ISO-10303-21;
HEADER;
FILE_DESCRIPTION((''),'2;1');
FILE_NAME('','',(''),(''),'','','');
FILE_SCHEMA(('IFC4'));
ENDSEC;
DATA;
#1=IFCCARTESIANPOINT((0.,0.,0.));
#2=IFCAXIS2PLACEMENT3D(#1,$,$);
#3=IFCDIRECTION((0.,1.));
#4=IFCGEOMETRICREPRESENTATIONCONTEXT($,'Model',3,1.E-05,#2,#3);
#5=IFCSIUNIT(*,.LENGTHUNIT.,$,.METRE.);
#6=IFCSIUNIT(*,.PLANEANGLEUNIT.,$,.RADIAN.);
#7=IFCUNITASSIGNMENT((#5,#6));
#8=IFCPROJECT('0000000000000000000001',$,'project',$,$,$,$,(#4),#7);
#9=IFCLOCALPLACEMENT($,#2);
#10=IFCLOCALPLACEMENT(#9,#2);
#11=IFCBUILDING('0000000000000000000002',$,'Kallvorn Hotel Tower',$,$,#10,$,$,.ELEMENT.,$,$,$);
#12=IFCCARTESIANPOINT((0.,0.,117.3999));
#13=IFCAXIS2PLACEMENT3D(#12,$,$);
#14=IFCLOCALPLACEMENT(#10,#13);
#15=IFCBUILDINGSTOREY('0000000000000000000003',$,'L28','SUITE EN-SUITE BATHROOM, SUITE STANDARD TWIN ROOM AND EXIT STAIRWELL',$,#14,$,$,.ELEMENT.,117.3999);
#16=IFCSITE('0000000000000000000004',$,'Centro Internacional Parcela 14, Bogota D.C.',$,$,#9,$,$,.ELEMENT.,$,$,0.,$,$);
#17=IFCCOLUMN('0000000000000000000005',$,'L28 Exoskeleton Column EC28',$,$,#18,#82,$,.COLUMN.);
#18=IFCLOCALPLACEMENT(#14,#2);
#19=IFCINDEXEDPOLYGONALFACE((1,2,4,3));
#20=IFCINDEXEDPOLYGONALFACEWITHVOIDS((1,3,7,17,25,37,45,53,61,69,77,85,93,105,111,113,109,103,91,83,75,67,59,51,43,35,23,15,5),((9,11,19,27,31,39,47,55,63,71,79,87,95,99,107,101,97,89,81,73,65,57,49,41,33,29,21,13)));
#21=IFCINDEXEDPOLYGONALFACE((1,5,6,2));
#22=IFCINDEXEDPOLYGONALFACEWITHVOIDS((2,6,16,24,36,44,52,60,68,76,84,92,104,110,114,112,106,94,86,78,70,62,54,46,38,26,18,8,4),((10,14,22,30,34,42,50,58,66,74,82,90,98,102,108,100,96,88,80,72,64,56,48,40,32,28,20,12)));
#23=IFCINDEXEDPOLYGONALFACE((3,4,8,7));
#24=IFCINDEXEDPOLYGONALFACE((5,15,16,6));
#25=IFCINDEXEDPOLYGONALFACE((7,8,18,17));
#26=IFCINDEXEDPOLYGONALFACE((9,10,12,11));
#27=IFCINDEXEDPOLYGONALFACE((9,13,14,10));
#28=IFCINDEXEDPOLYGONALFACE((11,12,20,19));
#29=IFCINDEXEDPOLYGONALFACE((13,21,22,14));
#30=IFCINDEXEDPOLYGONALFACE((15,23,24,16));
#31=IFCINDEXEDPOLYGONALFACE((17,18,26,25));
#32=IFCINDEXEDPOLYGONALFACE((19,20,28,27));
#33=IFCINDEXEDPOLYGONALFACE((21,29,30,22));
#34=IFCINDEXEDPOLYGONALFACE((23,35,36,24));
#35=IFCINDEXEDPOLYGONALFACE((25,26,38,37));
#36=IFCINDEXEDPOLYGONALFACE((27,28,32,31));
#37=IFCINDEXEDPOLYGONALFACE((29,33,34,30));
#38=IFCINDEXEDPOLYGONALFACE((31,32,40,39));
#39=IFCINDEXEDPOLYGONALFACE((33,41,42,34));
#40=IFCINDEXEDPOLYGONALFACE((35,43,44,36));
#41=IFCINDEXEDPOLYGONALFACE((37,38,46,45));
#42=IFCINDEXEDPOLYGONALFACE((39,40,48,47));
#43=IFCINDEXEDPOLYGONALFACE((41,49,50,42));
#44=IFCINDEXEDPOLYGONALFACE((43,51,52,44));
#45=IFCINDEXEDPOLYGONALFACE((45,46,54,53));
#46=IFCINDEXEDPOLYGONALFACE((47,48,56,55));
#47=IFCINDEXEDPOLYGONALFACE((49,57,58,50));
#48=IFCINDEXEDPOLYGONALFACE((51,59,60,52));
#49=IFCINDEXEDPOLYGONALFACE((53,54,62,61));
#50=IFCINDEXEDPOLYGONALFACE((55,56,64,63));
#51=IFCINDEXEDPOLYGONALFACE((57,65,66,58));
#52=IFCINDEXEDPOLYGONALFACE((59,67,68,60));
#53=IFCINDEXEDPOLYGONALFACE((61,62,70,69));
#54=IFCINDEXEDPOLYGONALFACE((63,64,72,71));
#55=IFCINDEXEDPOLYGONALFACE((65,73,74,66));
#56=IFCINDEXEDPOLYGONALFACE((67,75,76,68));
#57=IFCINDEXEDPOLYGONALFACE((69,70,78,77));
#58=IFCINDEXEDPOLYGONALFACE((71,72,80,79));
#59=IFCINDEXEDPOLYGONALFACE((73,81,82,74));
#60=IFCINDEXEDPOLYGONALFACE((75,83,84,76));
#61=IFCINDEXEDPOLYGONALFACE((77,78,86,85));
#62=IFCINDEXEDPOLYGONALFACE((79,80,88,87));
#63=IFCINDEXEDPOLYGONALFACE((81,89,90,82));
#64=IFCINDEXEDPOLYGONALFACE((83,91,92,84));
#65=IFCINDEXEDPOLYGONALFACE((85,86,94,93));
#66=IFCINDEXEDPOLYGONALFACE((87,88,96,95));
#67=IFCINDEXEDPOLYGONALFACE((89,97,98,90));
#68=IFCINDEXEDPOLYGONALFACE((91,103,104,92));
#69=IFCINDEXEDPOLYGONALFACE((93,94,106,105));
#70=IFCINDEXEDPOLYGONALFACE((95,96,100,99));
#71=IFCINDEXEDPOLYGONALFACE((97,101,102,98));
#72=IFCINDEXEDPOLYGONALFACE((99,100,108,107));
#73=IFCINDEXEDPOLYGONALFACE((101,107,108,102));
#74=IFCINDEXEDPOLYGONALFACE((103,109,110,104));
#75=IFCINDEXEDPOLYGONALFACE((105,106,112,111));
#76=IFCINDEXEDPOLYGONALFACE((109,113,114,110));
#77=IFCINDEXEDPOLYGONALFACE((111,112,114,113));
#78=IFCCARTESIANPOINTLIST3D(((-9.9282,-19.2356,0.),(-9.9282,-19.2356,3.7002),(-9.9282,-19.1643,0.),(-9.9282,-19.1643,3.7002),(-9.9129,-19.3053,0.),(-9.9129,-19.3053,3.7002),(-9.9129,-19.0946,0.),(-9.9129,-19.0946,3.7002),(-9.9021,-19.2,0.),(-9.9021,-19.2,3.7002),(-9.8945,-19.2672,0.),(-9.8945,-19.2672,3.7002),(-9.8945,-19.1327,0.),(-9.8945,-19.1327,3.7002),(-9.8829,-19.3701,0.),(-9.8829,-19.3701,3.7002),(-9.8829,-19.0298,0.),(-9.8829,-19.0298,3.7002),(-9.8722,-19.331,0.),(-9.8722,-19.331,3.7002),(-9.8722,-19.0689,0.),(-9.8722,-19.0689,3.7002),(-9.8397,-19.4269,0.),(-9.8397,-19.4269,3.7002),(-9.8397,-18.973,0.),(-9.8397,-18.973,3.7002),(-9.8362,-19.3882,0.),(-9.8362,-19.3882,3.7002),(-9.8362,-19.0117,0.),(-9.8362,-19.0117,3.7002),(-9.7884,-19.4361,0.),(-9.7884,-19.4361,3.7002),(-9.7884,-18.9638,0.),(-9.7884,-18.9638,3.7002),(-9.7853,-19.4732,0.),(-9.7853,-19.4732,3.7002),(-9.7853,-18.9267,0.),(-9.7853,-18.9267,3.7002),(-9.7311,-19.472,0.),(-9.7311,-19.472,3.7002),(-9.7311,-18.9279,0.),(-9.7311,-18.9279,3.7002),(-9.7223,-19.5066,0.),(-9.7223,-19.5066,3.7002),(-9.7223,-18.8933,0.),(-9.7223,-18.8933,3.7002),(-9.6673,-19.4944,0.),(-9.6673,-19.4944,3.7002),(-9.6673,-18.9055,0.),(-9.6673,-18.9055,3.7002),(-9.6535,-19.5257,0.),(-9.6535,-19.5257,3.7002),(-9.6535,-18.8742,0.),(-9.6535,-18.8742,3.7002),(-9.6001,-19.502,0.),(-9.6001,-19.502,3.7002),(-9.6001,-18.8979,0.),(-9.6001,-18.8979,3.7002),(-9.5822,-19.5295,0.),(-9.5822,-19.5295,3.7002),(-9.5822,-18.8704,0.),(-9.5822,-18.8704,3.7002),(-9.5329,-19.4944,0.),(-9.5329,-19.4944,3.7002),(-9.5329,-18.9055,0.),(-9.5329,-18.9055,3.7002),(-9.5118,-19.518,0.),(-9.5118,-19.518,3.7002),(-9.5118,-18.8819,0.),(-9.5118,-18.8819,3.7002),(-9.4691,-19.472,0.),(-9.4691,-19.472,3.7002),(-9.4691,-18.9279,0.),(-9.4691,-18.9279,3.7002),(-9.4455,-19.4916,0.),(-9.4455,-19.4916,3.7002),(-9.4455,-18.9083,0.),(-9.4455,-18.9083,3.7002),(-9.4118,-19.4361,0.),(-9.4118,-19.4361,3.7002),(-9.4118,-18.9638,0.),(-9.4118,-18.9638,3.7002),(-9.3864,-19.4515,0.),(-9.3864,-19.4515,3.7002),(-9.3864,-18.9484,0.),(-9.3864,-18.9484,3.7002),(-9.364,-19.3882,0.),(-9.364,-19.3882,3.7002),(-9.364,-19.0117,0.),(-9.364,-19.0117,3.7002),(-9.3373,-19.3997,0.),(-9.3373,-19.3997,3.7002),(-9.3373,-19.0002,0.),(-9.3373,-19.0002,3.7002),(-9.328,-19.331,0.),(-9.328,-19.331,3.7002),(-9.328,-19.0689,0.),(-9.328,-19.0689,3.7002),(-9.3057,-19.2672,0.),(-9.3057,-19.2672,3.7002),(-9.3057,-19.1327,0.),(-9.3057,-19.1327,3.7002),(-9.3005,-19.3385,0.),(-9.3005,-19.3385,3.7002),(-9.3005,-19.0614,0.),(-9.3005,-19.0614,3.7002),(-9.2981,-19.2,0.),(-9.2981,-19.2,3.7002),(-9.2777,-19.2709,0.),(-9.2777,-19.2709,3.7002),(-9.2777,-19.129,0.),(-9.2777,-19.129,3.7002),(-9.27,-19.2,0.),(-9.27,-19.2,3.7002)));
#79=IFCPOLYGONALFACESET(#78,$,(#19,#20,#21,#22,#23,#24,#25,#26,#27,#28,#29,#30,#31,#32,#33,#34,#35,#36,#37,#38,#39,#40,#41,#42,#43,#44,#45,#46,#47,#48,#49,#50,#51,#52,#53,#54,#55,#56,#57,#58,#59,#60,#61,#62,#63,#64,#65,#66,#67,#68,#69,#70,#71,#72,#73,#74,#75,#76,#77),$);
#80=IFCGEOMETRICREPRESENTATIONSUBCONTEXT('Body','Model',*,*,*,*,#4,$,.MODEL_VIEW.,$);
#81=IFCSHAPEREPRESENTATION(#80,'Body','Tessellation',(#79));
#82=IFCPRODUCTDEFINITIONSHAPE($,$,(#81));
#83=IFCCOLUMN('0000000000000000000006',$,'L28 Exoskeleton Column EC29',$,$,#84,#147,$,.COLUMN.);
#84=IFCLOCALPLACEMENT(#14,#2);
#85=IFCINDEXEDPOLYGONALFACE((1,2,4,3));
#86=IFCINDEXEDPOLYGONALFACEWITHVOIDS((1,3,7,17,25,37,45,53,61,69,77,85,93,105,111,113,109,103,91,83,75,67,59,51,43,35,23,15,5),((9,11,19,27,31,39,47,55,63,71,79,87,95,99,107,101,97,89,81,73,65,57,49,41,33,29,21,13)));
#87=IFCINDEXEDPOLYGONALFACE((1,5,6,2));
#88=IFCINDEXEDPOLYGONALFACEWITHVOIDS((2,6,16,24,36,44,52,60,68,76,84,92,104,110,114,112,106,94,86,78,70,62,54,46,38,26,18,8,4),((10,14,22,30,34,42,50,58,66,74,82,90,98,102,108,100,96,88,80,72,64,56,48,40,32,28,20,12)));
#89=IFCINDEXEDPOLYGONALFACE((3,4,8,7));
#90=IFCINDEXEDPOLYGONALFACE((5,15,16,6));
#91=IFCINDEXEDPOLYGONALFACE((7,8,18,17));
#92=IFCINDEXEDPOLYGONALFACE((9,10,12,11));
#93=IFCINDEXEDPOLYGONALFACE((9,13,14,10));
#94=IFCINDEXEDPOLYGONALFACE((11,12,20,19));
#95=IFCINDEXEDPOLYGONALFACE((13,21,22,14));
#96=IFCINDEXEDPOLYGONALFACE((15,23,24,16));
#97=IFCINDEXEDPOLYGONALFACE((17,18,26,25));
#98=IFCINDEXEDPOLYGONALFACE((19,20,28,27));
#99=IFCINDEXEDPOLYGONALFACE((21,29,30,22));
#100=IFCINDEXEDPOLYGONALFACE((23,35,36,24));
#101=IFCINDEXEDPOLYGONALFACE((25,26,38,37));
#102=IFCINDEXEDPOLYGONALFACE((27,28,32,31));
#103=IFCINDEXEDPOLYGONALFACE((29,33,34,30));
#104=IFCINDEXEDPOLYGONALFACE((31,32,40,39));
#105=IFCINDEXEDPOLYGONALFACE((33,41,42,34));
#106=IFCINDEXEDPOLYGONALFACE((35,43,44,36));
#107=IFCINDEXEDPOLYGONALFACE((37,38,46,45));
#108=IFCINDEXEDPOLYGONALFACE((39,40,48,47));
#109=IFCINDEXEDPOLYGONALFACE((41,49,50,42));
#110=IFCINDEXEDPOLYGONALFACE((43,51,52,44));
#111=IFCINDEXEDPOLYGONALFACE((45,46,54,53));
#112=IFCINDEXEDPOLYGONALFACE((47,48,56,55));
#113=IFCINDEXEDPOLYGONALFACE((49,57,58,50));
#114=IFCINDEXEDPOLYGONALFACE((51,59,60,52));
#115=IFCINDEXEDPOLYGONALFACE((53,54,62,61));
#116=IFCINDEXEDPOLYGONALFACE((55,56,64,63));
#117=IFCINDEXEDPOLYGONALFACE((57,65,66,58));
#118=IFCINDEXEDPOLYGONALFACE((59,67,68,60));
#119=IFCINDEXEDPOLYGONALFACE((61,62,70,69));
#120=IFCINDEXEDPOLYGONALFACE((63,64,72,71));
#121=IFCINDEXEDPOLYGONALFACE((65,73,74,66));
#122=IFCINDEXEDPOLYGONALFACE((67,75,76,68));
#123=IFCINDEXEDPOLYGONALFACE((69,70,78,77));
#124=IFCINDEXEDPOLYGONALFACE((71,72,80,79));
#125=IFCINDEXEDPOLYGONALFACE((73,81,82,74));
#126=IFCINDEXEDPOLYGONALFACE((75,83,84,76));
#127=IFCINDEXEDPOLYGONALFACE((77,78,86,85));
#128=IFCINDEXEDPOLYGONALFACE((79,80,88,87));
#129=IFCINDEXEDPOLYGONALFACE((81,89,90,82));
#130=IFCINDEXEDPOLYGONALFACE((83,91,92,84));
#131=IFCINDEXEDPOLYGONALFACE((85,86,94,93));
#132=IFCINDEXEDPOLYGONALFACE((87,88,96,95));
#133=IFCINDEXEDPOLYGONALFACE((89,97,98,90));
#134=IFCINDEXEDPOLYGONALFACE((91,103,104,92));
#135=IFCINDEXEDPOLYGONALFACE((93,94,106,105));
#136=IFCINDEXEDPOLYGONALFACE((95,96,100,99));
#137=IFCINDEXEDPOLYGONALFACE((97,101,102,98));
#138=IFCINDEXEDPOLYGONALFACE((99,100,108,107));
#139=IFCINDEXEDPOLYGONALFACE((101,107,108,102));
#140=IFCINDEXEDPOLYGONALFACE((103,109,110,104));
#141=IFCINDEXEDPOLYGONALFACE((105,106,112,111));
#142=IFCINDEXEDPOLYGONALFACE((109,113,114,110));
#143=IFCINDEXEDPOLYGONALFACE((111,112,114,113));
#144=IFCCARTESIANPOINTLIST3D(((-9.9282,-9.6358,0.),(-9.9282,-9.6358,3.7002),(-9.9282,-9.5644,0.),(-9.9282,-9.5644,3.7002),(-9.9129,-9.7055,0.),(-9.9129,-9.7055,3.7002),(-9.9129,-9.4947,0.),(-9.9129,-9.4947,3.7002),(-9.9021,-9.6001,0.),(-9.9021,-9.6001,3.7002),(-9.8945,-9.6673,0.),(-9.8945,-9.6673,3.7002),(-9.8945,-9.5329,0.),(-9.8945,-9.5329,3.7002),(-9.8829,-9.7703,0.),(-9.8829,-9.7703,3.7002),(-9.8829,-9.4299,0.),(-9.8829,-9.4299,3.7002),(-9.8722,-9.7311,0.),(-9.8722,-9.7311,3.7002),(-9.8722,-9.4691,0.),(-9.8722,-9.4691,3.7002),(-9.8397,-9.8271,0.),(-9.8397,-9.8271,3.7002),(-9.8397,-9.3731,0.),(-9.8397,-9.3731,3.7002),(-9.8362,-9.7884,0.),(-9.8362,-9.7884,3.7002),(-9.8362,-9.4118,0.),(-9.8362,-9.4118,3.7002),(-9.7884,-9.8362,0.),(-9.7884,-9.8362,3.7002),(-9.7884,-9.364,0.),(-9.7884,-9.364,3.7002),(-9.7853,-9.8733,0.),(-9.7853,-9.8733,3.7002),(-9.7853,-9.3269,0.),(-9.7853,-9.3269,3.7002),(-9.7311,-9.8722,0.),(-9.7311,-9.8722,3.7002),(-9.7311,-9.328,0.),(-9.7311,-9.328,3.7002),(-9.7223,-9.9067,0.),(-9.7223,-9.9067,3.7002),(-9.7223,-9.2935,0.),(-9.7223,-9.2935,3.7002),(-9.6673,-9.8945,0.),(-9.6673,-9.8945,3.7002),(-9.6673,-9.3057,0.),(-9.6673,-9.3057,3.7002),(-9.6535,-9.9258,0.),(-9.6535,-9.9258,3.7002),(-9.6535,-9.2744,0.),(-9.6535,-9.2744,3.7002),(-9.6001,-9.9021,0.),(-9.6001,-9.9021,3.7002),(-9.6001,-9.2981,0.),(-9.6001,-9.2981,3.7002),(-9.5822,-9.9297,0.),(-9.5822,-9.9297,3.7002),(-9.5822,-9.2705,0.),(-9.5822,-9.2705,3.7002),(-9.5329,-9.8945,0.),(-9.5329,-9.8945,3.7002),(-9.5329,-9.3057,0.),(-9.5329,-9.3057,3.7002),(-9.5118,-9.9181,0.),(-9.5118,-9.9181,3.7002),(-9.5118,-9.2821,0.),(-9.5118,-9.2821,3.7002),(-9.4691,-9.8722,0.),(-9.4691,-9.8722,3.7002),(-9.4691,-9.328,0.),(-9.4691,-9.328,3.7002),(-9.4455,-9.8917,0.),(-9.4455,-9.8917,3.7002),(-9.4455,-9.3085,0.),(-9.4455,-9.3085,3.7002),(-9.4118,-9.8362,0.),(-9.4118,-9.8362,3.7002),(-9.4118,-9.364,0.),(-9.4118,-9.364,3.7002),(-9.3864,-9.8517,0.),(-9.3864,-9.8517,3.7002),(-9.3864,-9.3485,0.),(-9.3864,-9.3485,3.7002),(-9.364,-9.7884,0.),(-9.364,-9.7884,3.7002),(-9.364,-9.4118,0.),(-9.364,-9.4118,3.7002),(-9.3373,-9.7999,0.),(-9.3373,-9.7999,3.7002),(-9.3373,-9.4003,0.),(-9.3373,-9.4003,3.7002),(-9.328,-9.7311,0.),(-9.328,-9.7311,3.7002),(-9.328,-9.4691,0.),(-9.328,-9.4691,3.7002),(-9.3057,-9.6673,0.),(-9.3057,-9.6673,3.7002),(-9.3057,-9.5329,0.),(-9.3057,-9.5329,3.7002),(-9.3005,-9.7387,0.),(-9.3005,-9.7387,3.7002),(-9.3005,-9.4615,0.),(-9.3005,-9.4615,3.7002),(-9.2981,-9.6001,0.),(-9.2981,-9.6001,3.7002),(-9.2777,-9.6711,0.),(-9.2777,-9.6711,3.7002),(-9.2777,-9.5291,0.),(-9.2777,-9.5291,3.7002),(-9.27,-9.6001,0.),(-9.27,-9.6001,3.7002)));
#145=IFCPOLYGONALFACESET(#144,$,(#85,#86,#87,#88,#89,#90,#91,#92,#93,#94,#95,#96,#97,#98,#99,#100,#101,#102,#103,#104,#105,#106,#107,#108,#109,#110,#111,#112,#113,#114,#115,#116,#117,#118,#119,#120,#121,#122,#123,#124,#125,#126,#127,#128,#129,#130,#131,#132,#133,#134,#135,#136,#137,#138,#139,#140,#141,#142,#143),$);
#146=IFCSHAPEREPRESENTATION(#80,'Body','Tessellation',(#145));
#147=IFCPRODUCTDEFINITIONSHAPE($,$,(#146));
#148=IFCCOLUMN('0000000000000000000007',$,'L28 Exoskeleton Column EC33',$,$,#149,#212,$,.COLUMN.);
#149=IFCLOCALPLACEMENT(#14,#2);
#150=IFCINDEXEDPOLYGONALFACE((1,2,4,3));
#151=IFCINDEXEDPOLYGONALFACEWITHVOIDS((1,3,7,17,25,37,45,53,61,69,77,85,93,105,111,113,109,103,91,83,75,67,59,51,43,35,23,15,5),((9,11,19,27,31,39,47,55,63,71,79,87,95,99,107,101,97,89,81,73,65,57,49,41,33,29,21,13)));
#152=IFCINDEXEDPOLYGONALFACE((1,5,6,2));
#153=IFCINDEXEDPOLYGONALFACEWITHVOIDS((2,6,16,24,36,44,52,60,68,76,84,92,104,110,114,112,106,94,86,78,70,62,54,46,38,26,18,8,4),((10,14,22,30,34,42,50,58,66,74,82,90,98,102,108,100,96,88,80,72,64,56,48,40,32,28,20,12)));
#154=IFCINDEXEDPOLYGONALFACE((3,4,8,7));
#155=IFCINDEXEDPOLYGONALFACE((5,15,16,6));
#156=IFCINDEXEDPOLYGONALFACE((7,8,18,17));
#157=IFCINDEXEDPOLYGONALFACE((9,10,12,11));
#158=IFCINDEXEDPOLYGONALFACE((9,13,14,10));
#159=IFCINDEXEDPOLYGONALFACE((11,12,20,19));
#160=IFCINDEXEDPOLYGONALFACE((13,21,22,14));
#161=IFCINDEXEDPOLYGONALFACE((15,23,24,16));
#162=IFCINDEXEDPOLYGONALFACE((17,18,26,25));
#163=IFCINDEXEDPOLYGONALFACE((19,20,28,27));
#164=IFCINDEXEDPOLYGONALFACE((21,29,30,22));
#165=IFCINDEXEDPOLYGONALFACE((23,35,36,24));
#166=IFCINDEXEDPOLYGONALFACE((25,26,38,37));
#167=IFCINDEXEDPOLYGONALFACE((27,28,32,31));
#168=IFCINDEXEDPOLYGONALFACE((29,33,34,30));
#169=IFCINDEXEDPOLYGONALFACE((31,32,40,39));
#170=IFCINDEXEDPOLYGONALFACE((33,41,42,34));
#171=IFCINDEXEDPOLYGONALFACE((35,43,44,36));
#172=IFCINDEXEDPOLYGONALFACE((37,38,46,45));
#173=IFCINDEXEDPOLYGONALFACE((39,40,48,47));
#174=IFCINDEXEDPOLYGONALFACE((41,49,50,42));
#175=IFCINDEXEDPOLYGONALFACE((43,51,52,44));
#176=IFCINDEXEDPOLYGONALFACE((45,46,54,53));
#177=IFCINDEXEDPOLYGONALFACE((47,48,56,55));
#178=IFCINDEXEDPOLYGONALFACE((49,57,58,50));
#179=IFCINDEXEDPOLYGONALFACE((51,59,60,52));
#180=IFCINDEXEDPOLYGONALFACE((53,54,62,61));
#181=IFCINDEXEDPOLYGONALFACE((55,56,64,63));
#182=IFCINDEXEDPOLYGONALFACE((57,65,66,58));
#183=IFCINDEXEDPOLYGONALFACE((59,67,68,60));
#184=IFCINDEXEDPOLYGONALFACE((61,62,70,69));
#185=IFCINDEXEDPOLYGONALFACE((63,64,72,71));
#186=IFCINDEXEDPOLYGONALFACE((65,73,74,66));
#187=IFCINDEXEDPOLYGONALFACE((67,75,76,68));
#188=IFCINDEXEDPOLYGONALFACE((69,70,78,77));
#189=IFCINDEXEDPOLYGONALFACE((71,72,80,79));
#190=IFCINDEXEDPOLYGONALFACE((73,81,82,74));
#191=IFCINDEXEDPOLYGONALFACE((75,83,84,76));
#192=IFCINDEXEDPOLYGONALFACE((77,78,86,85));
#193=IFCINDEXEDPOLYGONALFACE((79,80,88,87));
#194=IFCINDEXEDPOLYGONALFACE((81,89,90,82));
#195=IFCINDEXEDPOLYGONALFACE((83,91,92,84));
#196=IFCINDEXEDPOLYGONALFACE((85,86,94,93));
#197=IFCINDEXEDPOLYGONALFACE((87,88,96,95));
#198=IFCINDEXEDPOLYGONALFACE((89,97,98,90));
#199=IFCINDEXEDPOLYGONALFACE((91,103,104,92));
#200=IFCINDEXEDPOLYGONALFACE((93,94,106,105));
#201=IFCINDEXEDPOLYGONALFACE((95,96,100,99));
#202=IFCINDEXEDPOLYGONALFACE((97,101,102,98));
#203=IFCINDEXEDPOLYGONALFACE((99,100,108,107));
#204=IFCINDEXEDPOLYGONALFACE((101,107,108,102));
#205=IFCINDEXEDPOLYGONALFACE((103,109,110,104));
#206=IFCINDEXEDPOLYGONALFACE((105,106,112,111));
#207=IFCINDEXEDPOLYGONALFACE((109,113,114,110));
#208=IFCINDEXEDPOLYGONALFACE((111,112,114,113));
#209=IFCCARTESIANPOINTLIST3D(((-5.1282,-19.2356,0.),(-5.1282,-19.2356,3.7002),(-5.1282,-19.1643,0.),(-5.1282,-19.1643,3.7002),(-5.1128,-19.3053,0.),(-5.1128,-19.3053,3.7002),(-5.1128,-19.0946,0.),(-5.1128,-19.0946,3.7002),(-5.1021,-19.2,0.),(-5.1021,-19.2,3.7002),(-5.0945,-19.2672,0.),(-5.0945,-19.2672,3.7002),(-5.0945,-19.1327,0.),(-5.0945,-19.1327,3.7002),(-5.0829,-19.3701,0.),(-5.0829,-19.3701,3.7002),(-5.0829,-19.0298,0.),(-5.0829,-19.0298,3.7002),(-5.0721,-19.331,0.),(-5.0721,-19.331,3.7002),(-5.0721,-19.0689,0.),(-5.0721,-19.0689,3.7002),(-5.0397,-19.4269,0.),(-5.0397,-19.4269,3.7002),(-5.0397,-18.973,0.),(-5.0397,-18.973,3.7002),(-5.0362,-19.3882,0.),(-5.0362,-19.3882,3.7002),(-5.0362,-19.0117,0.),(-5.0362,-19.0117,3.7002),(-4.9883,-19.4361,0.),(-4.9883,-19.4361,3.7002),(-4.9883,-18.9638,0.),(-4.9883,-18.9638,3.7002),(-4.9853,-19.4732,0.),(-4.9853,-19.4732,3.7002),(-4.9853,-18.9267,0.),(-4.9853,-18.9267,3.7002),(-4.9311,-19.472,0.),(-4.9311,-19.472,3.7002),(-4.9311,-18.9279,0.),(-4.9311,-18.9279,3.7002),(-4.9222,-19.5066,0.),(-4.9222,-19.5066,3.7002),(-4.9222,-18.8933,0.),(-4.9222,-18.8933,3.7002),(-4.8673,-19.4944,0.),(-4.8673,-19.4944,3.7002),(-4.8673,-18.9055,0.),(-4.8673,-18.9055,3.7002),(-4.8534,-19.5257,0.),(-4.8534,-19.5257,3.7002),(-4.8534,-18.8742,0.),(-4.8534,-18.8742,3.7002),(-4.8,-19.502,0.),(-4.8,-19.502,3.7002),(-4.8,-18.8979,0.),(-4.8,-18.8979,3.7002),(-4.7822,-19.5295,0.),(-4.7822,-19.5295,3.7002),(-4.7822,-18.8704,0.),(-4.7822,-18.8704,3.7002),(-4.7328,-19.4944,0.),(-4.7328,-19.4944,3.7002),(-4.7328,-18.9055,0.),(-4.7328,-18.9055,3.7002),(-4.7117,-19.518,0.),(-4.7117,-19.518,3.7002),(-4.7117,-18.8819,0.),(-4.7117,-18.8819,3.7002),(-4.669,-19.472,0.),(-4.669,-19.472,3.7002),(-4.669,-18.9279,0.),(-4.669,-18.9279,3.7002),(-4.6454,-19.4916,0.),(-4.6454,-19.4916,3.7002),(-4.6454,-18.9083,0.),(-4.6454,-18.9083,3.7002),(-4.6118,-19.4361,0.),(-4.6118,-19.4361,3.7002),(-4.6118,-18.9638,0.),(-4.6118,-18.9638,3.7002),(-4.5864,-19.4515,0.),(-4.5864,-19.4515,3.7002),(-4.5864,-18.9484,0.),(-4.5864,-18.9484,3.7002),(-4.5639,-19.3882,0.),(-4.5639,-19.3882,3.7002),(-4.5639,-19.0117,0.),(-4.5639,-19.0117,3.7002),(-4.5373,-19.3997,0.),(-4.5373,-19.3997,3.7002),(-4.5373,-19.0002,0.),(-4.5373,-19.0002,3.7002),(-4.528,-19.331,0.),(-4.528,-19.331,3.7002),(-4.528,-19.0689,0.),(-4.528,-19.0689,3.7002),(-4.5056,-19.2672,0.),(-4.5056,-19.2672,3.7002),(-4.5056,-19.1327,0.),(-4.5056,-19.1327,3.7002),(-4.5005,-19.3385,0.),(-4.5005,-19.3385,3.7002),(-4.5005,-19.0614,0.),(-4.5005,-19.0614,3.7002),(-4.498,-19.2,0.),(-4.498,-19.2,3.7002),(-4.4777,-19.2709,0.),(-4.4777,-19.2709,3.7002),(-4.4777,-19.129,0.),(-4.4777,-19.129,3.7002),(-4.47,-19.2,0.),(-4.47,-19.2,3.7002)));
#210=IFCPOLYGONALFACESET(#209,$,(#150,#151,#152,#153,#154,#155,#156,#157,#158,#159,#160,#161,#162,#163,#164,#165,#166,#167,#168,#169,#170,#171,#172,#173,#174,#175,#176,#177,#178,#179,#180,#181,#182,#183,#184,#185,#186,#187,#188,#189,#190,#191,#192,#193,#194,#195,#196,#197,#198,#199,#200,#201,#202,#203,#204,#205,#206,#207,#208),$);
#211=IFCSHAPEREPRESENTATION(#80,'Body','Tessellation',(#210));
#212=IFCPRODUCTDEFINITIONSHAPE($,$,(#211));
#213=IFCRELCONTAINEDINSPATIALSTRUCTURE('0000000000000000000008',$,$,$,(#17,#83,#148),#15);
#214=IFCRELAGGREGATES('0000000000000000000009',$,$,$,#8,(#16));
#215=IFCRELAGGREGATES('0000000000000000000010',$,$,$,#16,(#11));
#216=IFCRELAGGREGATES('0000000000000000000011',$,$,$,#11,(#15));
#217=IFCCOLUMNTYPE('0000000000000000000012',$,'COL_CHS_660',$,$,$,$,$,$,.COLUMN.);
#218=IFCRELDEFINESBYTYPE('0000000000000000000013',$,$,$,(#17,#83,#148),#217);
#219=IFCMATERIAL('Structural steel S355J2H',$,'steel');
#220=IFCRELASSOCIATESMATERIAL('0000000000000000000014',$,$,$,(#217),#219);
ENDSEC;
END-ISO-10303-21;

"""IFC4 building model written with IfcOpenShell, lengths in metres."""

from ifc_helpers import new_model, si_unit, direction, frame, origin, origin_2d, place, context, subcontext, project, spatial, hollow_circle, extrude, material, material_profile, profile_set, type_object, element, save


model = new_model("IFC4")

# Units and contexts
model_context = context("Model", 3, precision=1e-05, world=origin(), true_north=direction((0.0, 1.0)))
body_context = subcontext(model_context, "Body", "Model", "MODEL_VIEW")
ifc_project = project(units=[si_unit("LENGTHUNIT", "METRE"), si_unit("PLANEANGLEUNIT", "RADIAN")], contexts=[model_context])

# Site, building, storey
site_placement = place(None, origin())
site = spatial("IfcSite", under=ifc_project, at=site_placement, Name="Centro Internacional Parcela 14, Bogota D.C.", CompositionType="ELEMENT", RefElevation=0.0)
building_placement = place(site_placement, origin())
building = spatial("IfcBuilding", under=site, at=building_placement, Name="Kallvorn Hotel Tower", CompositionType="ELEMENT")
storey_placement = place(building_placement, frame((0.0, 0.0, 117.3999)))
storey = spatial("IfcBuildingStorey", under=building, at=storey_placement, Name="L28", Description="SUITE EN-SUITE BATHROOM, SUITE STANDARD TWIN ROOM AND EXIT STAIRWELL", CompositionType="ELEMENT", Elevation=117.3999)

# Columns
ifc_material_1 = material(Name="Structural steel S355J2H", Category="steel")
ifc_material_profile_1 = material_profile(ifc_material_1, hollow_circle(Radius=0.3301, WallThickness=0.0281, at=origin_2d()), Name="CHS 660x28")
ifc_profile_set_1 = profile_set([ifc_material_profile_1], Name="Structural steel S355J2H")
column_type_1 = type_object("IfcColumnType", Name="COL_CHS_660", PredefinedType="COLUMN", material=ifc_profile_set_1)
for number, where, z_axis, x_axis, name in (
    (1, (-9.6001, -19.2, 0.0), (0.0, 0.0, 1.0), (1.0, 0.0, 0.0), "L28 Exoskeleton Column EC28"),
    (2, (-9.6001, -9.6001, 0.0), (0.0, 0.0, 1.0), (1.0, 0.0, 0.0), "L28 Exoskeleton Column EC29"),
    (3, (-4.8, -19.2, 0.0), (0.0, 0.0, 1.0), (1.0, 0.0, 0.0), "L28 Exoskeleton Column EC33"),
):
    element("IfcColumn", number, at=place(storey_placement, frame(where, z_axis=z_axis, x_axis=x_axis)), inside=storey, type_object=column_type_1, Name=name, PredefinedType="COLUMN", context=body_context, shape_type="SweptSolid", body=[
        extrude(hollow_circle(Radius=0.3301, WallThickness=0.0281, at=origin_2d()), origin(), (0.0, 0.0, 1.0), 3.7002),
    ])

save(model, "model.ifc")
